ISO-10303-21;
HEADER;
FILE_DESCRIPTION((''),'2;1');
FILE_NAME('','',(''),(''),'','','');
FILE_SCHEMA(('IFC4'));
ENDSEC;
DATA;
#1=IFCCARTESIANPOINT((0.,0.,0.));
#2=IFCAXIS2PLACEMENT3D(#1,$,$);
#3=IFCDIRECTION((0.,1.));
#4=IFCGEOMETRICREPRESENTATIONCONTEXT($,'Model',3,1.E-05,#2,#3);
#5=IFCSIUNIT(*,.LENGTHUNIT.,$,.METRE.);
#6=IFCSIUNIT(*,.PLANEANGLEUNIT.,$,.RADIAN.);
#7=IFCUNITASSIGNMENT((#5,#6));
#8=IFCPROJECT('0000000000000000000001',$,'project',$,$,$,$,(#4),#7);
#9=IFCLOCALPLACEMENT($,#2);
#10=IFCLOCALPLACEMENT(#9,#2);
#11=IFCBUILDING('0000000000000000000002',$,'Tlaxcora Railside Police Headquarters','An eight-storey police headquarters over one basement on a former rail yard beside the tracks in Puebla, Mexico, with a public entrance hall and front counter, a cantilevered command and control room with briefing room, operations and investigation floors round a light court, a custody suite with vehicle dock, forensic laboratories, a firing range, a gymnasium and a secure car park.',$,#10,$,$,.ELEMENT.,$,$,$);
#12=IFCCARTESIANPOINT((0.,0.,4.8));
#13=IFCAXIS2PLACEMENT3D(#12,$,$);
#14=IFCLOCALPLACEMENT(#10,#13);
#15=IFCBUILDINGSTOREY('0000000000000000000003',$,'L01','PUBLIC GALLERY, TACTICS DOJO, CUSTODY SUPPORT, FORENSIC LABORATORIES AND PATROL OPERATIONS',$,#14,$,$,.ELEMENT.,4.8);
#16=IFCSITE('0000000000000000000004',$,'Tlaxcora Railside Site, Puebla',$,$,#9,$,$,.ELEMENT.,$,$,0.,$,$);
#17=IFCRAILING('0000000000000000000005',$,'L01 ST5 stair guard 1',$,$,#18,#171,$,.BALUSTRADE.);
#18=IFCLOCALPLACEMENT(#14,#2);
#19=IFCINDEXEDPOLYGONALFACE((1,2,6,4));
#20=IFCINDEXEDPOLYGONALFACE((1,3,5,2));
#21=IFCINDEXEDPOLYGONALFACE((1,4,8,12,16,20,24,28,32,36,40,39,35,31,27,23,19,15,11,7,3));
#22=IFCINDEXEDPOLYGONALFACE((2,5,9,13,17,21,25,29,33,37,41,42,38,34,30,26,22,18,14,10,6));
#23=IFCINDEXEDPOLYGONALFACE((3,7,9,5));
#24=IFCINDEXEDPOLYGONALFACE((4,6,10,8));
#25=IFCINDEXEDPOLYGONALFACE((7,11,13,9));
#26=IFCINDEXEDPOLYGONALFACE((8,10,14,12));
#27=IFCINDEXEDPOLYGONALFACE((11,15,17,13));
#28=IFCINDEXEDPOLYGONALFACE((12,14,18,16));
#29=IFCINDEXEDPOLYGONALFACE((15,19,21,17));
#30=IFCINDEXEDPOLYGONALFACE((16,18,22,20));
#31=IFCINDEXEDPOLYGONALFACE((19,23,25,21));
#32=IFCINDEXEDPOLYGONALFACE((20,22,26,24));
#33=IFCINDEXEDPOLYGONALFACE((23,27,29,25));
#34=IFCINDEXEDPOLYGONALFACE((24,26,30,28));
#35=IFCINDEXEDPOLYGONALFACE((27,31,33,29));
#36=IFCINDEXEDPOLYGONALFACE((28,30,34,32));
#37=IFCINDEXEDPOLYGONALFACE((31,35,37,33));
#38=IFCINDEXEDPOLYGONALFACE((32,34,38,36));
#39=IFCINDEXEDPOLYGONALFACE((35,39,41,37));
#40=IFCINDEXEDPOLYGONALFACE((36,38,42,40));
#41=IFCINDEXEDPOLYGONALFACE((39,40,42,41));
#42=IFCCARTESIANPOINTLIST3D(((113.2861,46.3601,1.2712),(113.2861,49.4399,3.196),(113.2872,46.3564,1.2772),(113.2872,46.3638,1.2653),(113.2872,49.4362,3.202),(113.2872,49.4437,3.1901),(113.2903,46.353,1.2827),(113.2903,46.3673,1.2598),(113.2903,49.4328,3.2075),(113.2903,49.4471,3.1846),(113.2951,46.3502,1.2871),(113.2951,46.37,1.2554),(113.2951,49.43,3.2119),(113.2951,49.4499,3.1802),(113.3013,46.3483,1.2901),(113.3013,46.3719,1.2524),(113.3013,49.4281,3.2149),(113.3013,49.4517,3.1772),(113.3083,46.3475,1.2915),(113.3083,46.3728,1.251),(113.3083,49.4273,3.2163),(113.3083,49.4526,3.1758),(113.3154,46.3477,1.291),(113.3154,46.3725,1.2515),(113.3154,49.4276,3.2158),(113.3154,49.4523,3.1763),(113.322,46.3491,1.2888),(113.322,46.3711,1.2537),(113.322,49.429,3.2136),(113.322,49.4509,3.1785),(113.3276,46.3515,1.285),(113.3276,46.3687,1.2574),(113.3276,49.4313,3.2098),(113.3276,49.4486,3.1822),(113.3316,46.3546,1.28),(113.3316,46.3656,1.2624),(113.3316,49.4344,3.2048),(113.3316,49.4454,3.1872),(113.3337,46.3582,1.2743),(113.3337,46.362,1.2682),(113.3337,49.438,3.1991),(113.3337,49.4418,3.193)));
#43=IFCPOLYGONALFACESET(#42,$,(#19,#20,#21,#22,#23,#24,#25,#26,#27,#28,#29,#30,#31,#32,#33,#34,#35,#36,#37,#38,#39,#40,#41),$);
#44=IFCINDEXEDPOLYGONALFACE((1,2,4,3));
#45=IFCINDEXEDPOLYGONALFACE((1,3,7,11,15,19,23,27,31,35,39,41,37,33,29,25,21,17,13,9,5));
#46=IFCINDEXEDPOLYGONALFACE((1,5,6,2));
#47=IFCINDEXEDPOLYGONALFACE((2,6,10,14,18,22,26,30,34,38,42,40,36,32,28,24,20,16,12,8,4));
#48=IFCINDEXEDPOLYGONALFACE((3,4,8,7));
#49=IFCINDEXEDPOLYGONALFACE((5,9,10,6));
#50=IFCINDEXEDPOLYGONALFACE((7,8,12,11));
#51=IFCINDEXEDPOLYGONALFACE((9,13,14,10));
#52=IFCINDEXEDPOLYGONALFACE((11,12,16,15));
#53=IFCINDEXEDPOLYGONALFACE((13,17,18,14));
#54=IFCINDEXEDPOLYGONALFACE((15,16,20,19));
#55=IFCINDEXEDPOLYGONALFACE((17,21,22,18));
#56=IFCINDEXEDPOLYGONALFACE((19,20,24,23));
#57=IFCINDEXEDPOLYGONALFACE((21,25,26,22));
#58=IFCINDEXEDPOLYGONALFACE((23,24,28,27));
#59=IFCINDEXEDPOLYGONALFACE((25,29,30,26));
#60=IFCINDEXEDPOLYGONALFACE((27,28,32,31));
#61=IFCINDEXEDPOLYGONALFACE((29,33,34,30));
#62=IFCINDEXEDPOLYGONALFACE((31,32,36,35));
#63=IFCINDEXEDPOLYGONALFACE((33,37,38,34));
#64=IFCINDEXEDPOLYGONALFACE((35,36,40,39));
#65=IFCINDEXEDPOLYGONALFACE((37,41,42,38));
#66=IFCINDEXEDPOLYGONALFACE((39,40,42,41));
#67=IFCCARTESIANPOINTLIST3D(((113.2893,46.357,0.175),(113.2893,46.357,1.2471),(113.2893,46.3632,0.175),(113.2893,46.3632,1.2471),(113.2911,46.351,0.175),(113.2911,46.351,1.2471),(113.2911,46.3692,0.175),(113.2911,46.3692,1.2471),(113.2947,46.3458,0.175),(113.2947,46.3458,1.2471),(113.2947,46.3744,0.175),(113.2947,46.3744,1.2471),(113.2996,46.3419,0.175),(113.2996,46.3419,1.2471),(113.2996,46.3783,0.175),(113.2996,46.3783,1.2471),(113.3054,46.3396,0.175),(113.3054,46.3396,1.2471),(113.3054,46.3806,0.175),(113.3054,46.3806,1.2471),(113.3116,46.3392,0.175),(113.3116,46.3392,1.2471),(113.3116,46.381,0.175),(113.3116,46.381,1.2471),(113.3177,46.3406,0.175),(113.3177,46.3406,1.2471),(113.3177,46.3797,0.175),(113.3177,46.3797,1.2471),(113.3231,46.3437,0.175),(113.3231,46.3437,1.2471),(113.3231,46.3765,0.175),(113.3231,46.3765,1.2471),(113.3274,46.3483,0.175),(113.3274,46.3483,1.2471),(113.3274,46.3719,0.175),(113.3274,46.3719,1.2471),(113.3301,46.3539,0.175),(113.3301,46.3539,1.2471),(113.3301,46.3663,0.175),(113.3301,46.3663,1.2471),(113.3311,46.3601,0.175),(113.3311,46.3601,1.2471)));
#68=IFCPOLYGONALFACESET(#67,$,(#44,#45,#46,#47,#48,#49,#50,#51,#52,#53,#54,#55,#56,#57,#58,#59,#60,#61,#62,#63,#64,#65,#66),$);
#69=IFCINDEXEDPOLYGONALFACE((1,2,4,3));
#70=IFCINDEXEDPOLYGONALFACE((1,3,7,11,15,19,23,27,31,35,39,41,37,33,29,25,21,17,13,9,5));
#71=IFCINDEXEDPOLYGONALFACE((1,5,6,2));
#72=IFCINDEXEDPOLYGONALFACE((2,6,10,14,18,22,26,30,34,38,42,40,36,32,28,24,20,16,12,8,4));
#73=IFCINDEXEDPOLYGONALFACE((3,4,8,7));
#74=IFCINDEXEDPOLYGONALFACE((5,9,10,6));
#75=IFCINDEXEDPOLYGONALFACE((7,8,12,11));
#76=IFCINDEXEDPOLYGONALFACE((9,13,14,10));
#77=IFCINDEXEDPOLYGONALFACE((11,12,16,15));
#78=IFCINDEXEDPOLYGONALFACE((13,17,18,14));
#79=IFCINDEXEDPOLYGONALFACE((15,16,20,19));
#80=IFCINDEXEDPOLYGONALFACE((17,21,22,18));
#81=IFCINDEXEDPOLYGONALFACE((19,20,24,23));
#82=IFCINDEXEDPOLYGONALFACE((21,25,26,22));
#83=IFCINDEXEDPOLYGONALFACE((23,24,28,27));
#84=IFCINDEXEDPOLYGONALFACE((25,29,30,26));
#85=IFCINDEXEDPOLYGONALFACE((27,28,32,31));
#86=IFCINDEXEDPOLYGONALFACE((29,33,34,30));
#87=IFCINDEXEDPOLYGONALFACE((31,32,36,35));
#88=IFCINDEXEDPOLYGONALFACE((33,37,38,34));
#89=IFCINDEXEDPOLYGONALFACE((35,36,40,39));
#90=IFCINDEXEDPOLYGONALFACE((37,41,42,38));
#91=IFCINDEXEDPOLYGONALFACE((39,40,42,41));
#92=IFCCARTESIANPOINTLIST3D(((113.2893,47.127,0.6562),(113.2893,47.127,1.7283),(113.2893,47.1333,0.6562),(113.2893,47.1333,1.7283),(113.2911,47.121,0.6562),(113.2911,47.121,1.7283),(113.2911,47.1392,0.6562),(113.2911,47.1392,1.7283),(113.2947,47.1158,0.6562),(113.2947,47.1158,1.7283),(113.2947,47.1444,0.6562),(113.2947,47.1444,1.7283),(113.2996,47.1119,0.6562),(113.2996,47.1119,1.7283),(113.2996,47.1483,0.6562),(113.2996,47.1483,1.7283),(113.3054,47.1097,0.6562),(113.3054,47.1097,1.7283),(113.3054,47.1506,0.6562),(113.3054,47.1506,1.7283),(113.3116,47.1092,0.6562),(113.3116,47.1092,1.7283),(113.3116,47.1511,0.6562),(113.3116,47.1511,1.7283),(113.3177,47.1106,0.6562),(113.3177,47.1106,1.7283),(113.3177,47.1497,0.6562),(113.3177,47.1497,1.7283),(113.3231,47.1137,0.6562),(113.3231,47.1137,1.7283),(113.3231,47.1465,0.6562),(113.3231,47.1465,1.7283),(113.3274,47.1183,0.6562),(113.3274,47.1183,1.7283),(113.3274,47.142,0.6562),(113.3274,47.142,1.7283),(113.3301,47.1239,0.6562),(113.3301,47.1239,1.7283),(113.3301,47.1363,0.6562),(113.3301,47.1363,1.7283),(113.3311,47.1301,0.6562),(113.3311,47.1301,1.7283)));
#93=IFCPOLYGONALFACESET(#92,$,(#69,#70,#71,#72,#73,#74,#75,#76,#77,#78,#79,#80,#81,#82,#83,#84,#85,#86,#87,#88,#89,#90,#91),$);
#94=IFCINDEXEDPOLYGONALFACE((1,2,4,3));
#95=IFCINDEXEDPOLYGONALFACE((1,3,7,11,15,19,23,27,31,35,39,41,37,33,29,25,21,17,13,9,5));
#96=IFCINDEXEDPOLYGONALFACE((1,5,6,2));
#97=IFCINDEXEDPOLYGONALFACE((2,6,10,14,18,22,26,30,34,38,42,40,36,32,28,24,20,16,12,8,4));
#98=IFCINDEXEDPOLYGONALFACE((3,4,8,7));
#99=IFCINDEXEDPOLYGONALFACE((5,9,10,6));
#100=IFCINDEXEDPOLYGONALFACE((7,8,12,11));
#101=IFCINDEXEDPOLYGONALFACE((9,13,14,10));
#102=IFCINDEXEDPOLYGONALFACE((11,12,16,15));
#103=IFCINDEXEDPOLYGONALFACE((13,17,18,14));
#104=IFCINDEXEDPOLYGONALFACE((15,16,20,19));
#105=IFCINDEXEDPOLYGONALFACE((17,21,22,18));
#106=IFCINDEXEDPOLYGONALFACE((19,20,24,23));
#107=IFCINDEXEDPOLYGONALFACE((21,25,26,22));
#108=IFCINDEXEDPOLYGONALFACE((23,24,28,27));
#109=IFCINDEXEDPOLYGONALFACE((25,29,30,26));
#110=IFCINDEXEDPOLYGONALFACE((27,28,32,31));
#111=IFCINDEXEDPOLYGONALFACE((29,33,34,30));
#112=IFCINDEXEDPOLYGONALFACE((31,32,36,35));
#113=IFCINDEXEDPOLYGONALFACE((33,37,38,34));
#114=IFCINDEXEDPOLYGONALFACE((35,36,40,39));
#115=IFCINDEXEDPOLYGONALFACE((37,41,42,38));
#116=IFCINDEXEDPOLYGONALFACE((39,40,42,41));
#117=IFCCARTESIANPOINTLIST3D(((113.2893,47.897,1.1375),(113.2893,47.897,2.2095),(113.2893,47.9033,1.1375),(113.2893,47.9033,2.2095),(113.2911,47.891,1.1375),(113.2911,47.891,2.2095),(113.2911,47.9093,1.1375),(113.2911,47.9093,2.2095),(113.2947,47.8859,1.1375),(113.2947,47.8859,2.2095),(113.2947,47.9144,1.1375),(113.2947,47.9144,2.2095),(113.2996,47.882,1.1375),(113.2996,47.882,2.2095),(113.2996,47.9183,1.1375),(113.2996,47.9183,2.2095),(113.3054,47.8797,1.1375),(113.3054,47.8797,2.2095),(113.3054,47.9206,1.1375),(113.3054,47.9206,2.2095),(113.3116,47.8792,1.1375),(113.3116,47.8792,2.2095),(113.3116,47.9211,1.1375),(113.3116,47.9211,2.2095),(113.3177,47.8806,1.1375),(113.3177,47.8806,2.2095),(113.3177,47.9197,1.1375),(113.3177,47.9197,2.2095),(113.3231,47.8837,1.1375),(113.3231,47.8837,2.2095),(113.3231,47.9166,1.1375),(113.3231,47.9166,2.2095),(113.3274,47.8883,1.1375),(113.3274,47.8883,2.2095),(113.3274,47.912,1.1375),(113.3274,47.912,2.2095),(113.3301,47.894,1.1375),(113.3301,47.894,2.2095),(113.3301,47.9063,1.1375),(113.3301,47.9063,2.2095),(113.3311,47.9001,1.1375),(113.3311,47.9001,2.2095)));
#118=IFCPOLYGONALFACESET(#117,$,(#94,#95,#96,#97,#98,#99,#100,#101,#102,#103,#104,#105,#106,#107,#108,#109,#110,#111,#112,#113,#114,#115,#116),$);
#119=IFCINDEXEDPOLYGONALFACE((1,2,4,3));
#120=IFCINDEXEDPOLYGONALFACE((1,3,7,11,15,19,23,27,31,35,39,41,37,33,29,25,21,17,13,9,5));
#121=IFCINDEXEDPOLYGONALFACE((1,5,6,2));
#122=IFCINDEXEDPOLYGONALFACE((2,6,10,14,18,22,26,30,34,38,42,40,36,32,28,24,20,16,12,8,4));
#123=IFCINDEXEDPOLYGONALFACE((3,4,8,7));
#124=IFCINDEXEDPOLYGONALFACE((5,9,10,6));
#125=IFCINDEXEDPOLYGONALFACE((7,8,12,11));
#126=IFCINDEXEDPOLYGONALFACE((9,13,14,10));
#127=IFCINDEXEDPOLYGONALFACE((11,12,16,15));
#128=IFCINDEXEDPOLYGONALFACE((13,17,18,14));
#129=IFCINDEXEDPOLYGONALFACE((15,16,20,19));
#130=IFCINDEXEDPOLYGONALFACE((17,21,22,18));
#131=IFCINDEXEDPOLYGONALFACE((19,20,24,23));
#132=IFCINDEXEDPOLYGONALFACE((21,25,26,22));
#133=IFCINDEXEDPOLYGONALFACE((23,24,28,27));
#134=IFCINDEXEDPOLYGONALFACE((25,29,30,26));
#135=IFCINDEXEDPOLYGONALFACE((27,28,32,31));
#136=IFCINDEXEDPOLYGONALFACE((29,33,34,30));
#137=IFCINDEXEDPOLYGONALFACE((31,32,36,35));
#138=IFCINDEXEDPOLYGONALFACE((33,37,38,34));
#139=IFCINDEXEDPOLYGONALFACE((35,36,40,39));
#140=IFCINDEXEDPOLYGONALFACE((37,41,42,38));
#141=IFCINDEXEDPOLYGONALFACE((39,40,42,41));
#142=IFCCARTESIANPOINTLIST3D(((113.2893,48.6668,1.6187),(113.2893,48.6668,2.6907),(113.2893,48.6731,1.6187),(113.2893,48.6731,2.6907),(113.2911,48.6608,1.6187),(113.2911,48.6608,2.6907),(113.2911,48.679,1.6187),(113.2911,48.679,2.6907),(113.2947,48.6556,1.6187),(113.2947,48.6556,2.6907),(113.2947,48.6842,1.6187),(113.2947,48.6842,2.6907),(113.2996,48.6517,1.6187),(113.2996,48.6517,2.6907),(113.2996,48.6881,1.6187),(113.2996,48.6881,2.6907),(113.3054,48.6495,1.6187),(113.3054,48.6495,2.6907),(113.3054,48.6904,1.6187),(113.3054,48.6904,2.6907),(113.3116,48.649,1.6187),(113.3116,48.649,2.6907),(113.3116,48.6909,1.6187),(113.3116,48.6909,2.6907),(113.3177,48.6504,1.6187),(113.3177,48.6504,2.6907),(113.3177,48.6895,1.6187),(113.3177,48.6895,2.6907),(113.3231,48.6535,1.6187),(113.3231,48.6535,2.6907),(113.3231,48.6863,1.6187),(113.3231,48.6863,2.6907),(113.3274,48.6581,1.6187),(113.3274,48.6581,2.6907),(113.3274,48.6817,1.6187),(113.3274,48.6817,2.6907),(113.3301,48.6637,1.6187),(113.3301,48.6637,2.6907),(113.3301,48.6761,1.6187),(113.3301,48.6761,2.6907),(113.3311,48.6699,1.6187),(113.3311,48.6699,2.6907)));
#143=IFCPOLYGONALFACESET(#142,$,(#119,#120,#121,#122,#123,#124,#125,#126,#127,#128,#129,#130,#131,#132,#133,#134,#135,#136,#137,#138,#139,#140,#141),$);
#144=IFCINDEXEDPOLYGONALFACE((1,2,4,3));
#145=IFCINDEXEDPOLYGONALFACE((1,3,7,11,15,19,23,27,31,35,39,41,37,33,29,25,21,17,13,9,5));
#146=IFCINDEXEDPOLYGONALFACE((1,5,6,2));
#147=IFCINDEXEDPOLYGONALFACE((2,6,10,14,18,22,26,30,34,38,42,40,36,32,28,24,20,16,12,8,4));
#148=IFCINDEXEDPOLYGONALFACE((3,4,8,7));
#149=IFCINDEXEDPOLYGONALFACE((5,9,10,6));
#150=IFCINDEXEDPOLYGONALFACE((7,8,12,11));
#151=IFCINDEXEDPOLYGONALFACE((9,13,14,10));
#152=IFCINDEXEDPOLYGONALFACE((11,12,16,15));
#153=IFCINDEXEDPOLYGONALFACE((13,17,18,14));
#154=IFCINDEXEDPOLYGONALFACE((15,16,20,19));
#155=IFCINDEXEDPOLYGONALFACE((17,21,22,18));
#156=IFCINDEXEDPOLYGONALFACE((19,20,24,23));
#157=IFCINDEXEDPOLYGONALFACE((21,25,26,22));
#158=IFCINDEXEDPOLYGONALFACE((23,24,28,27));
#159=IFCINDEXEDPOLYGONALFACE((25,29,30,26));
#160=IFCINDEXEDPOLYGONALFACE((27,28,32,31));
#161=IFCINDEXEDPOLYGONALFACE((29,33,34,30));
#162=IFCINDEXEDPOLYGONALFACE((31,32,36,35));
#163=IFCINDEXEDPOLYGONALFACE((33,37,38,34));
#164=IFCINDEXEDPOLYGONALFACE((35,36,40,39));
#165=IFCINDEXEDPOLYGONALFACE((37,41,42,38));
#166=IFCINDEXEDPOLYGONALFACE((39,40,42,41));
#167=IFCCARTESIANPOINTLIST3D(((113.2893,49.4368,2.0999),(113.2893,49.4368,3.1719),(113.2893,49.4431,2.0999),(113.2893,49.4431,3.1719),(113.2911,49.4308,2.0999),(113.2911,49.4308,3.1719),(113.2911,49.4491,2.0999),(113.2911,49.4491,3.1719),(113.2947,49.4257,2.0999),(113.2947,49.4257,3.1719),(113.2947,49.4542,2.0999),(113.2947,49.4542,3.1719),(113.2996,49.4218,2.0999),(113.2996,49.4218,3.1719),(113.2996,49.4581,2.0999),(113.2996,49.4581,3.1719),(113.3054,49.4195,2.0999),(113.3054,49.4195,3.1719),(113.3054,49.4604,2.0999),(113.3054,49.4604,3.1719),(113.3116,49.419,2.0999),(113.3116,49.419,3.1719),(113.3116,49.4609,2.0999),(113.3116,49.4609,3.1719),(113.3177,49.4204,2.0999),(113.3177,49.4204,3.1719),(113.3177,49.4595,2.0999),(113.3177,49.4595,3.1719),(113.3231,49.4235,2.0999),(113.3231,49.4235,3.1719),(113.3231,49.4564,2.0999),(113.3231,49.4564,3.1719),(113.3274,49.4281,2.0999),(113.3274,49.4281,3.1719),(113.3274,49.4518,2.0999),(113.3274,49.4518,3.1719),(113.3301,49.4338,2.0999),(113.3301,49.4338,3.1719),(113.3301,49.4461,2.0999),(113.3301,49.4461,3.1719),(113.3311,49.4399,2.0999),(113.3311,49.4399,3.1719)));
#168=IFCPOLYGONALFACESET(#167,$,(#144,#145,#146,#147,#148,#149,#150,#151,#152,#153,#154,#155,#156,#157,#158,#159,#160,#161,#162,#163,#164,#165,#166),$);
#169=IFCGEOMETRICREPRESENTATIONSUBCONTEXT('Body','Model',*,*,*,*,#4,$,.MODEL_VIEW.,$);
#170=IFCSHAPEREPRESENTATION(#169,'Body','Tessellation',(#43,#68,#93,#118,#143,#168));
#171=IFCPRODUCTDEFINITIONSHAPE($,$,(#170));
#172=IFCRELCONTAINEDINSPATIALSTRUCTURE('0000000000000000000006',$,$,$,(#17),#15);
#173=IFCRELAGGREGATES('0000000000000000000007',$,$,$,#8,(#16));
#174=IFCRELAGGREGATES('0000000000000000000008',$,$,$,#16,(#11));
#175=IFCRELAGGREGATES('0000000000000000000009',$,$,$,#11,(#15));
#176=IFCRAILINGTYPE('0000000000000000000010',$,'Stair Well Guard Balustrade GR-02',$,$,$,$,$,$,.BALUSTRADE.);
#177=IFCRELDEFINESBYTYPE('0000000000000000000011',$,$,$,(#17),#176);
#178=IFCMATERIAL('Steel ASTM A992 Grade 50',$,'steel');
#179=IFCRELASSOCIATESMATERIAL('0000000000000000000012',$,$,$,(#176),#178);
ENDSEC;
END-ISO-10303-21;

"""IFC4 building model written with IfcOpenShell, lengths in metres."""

from ifc_helpers import new_model, si_unit, direction, frame, origin, origin_2d, place, context, subcontext, project, spatial, circle, extrude, material, type_object, element, save


model = new_model("IFC4")

# Units and contexts
model_context = context("Model", 3, precision=1e-05, world=origin(), true_north=direction((0.0, 1.0)))
body_context = subcontext(model_context, "Body", "Model", "MODEL_VIEW")
ifc_project = project(units=[si_unit("LENGTHUNIT", "METRE"), si_unit("PLANEANGLEUNIT", "RADIAN")], contexts=[model_context])

# Site, building, storey
site_placement = place(None, origin())
site = spatial("IfcSite", under=ifc_project, at=site_placement, Name="Tlaxcora Railside Site, Puebla", CompositionType="ELEMENT", RefElevation=0.0)
building_placement = place(site_placement, origin())
building = spatial("IfcBuilding", under=site, at=building_placement, Name="Tlaxcora Railside Police Headquarters", Description="An eight-storey police headquarters over one basement on a former rail yard beside the tracks in Puebla, Mexico, with a public entrance hall and front counter, a cantilevered command and control room with briefing room, operations and investigation floors round a light court, a custody suite with vehicle dock, forensic laboratories, a firing range, a gymnasium and a secure car park.", CompositionType="ELEMENT")
storey_placement = place(building_placement, frame((0.0, 0.0, 4.8)))
storey = spatial("IfcBuildingStorey", under=building, at=storey_placement, Name="L01", Description="PUBLIC GALLERY, TACTICS DOJO, CUSTODY SUPPORT, FORENSIC LABORATORIES AND PATROL OPERATIONS", CompositionType="ELEMENT", Elevation=4.8)

# Shared definitions
ifc_material_1 = material(Name="Steel ASTM A992 Grade 50", Category="steel")

# Railing
railing_type_1 = type_object("IfcRailingType", Name="Stair Well Guard Balustrade GR-02", PredefinedType="BALUSTRADE", material=ifc_material_1)
railing_1_placement = place(storey_placement, frame((113.3101, 46.3601, 0.175)))
element("IfcRailing", 1, at=railing_1_placement, inside=storey, type_object=railing_type_1, Name="L01 ST5 stair guard 1", PredefinedType="BALUSTRADE", context=body_context, shape_type="SweptSolid", body=[
    extrude(circle(Radius=0.0239, at=origin_2d()), frame((0.0, 0.0, 1.0962), z_axis=(0.0, 0.84801, 0.529981), x_axis=(-1.0, 0.0, 0.0)), (0.0, 0.0, 1.0), 3.6318),
    extrude(circle(Radius=0.021, at=origin_2d()), origin(), (0.0, 0.0, 1.0), 1.072),
    extrude(circle(Radius=0.021, at=origin_2d()), frame((0.0, 0.77, 0.4812)), (0.0, 0.0, 1.0), 1.072),
    extrude(circle(Radius=0.021, at=origin_2d()), frame((0.0, 1.54, 0.9624)), (0.0, 0.0, 1.0), 1.072),
    extrude(circle(Radius=0.021, at=origin_2d()), frame((0.0, 2.3098, 1.4436)), (0.0, 0.0, 1.0), 1.072),
    extrude(circle(Radius=0.021, at=origin_2d()), frame((0.0, 3.0798, 1.9248)), (0.0, 0.0, 1.0), 1.072),
])

save(model, "model.ifc")
